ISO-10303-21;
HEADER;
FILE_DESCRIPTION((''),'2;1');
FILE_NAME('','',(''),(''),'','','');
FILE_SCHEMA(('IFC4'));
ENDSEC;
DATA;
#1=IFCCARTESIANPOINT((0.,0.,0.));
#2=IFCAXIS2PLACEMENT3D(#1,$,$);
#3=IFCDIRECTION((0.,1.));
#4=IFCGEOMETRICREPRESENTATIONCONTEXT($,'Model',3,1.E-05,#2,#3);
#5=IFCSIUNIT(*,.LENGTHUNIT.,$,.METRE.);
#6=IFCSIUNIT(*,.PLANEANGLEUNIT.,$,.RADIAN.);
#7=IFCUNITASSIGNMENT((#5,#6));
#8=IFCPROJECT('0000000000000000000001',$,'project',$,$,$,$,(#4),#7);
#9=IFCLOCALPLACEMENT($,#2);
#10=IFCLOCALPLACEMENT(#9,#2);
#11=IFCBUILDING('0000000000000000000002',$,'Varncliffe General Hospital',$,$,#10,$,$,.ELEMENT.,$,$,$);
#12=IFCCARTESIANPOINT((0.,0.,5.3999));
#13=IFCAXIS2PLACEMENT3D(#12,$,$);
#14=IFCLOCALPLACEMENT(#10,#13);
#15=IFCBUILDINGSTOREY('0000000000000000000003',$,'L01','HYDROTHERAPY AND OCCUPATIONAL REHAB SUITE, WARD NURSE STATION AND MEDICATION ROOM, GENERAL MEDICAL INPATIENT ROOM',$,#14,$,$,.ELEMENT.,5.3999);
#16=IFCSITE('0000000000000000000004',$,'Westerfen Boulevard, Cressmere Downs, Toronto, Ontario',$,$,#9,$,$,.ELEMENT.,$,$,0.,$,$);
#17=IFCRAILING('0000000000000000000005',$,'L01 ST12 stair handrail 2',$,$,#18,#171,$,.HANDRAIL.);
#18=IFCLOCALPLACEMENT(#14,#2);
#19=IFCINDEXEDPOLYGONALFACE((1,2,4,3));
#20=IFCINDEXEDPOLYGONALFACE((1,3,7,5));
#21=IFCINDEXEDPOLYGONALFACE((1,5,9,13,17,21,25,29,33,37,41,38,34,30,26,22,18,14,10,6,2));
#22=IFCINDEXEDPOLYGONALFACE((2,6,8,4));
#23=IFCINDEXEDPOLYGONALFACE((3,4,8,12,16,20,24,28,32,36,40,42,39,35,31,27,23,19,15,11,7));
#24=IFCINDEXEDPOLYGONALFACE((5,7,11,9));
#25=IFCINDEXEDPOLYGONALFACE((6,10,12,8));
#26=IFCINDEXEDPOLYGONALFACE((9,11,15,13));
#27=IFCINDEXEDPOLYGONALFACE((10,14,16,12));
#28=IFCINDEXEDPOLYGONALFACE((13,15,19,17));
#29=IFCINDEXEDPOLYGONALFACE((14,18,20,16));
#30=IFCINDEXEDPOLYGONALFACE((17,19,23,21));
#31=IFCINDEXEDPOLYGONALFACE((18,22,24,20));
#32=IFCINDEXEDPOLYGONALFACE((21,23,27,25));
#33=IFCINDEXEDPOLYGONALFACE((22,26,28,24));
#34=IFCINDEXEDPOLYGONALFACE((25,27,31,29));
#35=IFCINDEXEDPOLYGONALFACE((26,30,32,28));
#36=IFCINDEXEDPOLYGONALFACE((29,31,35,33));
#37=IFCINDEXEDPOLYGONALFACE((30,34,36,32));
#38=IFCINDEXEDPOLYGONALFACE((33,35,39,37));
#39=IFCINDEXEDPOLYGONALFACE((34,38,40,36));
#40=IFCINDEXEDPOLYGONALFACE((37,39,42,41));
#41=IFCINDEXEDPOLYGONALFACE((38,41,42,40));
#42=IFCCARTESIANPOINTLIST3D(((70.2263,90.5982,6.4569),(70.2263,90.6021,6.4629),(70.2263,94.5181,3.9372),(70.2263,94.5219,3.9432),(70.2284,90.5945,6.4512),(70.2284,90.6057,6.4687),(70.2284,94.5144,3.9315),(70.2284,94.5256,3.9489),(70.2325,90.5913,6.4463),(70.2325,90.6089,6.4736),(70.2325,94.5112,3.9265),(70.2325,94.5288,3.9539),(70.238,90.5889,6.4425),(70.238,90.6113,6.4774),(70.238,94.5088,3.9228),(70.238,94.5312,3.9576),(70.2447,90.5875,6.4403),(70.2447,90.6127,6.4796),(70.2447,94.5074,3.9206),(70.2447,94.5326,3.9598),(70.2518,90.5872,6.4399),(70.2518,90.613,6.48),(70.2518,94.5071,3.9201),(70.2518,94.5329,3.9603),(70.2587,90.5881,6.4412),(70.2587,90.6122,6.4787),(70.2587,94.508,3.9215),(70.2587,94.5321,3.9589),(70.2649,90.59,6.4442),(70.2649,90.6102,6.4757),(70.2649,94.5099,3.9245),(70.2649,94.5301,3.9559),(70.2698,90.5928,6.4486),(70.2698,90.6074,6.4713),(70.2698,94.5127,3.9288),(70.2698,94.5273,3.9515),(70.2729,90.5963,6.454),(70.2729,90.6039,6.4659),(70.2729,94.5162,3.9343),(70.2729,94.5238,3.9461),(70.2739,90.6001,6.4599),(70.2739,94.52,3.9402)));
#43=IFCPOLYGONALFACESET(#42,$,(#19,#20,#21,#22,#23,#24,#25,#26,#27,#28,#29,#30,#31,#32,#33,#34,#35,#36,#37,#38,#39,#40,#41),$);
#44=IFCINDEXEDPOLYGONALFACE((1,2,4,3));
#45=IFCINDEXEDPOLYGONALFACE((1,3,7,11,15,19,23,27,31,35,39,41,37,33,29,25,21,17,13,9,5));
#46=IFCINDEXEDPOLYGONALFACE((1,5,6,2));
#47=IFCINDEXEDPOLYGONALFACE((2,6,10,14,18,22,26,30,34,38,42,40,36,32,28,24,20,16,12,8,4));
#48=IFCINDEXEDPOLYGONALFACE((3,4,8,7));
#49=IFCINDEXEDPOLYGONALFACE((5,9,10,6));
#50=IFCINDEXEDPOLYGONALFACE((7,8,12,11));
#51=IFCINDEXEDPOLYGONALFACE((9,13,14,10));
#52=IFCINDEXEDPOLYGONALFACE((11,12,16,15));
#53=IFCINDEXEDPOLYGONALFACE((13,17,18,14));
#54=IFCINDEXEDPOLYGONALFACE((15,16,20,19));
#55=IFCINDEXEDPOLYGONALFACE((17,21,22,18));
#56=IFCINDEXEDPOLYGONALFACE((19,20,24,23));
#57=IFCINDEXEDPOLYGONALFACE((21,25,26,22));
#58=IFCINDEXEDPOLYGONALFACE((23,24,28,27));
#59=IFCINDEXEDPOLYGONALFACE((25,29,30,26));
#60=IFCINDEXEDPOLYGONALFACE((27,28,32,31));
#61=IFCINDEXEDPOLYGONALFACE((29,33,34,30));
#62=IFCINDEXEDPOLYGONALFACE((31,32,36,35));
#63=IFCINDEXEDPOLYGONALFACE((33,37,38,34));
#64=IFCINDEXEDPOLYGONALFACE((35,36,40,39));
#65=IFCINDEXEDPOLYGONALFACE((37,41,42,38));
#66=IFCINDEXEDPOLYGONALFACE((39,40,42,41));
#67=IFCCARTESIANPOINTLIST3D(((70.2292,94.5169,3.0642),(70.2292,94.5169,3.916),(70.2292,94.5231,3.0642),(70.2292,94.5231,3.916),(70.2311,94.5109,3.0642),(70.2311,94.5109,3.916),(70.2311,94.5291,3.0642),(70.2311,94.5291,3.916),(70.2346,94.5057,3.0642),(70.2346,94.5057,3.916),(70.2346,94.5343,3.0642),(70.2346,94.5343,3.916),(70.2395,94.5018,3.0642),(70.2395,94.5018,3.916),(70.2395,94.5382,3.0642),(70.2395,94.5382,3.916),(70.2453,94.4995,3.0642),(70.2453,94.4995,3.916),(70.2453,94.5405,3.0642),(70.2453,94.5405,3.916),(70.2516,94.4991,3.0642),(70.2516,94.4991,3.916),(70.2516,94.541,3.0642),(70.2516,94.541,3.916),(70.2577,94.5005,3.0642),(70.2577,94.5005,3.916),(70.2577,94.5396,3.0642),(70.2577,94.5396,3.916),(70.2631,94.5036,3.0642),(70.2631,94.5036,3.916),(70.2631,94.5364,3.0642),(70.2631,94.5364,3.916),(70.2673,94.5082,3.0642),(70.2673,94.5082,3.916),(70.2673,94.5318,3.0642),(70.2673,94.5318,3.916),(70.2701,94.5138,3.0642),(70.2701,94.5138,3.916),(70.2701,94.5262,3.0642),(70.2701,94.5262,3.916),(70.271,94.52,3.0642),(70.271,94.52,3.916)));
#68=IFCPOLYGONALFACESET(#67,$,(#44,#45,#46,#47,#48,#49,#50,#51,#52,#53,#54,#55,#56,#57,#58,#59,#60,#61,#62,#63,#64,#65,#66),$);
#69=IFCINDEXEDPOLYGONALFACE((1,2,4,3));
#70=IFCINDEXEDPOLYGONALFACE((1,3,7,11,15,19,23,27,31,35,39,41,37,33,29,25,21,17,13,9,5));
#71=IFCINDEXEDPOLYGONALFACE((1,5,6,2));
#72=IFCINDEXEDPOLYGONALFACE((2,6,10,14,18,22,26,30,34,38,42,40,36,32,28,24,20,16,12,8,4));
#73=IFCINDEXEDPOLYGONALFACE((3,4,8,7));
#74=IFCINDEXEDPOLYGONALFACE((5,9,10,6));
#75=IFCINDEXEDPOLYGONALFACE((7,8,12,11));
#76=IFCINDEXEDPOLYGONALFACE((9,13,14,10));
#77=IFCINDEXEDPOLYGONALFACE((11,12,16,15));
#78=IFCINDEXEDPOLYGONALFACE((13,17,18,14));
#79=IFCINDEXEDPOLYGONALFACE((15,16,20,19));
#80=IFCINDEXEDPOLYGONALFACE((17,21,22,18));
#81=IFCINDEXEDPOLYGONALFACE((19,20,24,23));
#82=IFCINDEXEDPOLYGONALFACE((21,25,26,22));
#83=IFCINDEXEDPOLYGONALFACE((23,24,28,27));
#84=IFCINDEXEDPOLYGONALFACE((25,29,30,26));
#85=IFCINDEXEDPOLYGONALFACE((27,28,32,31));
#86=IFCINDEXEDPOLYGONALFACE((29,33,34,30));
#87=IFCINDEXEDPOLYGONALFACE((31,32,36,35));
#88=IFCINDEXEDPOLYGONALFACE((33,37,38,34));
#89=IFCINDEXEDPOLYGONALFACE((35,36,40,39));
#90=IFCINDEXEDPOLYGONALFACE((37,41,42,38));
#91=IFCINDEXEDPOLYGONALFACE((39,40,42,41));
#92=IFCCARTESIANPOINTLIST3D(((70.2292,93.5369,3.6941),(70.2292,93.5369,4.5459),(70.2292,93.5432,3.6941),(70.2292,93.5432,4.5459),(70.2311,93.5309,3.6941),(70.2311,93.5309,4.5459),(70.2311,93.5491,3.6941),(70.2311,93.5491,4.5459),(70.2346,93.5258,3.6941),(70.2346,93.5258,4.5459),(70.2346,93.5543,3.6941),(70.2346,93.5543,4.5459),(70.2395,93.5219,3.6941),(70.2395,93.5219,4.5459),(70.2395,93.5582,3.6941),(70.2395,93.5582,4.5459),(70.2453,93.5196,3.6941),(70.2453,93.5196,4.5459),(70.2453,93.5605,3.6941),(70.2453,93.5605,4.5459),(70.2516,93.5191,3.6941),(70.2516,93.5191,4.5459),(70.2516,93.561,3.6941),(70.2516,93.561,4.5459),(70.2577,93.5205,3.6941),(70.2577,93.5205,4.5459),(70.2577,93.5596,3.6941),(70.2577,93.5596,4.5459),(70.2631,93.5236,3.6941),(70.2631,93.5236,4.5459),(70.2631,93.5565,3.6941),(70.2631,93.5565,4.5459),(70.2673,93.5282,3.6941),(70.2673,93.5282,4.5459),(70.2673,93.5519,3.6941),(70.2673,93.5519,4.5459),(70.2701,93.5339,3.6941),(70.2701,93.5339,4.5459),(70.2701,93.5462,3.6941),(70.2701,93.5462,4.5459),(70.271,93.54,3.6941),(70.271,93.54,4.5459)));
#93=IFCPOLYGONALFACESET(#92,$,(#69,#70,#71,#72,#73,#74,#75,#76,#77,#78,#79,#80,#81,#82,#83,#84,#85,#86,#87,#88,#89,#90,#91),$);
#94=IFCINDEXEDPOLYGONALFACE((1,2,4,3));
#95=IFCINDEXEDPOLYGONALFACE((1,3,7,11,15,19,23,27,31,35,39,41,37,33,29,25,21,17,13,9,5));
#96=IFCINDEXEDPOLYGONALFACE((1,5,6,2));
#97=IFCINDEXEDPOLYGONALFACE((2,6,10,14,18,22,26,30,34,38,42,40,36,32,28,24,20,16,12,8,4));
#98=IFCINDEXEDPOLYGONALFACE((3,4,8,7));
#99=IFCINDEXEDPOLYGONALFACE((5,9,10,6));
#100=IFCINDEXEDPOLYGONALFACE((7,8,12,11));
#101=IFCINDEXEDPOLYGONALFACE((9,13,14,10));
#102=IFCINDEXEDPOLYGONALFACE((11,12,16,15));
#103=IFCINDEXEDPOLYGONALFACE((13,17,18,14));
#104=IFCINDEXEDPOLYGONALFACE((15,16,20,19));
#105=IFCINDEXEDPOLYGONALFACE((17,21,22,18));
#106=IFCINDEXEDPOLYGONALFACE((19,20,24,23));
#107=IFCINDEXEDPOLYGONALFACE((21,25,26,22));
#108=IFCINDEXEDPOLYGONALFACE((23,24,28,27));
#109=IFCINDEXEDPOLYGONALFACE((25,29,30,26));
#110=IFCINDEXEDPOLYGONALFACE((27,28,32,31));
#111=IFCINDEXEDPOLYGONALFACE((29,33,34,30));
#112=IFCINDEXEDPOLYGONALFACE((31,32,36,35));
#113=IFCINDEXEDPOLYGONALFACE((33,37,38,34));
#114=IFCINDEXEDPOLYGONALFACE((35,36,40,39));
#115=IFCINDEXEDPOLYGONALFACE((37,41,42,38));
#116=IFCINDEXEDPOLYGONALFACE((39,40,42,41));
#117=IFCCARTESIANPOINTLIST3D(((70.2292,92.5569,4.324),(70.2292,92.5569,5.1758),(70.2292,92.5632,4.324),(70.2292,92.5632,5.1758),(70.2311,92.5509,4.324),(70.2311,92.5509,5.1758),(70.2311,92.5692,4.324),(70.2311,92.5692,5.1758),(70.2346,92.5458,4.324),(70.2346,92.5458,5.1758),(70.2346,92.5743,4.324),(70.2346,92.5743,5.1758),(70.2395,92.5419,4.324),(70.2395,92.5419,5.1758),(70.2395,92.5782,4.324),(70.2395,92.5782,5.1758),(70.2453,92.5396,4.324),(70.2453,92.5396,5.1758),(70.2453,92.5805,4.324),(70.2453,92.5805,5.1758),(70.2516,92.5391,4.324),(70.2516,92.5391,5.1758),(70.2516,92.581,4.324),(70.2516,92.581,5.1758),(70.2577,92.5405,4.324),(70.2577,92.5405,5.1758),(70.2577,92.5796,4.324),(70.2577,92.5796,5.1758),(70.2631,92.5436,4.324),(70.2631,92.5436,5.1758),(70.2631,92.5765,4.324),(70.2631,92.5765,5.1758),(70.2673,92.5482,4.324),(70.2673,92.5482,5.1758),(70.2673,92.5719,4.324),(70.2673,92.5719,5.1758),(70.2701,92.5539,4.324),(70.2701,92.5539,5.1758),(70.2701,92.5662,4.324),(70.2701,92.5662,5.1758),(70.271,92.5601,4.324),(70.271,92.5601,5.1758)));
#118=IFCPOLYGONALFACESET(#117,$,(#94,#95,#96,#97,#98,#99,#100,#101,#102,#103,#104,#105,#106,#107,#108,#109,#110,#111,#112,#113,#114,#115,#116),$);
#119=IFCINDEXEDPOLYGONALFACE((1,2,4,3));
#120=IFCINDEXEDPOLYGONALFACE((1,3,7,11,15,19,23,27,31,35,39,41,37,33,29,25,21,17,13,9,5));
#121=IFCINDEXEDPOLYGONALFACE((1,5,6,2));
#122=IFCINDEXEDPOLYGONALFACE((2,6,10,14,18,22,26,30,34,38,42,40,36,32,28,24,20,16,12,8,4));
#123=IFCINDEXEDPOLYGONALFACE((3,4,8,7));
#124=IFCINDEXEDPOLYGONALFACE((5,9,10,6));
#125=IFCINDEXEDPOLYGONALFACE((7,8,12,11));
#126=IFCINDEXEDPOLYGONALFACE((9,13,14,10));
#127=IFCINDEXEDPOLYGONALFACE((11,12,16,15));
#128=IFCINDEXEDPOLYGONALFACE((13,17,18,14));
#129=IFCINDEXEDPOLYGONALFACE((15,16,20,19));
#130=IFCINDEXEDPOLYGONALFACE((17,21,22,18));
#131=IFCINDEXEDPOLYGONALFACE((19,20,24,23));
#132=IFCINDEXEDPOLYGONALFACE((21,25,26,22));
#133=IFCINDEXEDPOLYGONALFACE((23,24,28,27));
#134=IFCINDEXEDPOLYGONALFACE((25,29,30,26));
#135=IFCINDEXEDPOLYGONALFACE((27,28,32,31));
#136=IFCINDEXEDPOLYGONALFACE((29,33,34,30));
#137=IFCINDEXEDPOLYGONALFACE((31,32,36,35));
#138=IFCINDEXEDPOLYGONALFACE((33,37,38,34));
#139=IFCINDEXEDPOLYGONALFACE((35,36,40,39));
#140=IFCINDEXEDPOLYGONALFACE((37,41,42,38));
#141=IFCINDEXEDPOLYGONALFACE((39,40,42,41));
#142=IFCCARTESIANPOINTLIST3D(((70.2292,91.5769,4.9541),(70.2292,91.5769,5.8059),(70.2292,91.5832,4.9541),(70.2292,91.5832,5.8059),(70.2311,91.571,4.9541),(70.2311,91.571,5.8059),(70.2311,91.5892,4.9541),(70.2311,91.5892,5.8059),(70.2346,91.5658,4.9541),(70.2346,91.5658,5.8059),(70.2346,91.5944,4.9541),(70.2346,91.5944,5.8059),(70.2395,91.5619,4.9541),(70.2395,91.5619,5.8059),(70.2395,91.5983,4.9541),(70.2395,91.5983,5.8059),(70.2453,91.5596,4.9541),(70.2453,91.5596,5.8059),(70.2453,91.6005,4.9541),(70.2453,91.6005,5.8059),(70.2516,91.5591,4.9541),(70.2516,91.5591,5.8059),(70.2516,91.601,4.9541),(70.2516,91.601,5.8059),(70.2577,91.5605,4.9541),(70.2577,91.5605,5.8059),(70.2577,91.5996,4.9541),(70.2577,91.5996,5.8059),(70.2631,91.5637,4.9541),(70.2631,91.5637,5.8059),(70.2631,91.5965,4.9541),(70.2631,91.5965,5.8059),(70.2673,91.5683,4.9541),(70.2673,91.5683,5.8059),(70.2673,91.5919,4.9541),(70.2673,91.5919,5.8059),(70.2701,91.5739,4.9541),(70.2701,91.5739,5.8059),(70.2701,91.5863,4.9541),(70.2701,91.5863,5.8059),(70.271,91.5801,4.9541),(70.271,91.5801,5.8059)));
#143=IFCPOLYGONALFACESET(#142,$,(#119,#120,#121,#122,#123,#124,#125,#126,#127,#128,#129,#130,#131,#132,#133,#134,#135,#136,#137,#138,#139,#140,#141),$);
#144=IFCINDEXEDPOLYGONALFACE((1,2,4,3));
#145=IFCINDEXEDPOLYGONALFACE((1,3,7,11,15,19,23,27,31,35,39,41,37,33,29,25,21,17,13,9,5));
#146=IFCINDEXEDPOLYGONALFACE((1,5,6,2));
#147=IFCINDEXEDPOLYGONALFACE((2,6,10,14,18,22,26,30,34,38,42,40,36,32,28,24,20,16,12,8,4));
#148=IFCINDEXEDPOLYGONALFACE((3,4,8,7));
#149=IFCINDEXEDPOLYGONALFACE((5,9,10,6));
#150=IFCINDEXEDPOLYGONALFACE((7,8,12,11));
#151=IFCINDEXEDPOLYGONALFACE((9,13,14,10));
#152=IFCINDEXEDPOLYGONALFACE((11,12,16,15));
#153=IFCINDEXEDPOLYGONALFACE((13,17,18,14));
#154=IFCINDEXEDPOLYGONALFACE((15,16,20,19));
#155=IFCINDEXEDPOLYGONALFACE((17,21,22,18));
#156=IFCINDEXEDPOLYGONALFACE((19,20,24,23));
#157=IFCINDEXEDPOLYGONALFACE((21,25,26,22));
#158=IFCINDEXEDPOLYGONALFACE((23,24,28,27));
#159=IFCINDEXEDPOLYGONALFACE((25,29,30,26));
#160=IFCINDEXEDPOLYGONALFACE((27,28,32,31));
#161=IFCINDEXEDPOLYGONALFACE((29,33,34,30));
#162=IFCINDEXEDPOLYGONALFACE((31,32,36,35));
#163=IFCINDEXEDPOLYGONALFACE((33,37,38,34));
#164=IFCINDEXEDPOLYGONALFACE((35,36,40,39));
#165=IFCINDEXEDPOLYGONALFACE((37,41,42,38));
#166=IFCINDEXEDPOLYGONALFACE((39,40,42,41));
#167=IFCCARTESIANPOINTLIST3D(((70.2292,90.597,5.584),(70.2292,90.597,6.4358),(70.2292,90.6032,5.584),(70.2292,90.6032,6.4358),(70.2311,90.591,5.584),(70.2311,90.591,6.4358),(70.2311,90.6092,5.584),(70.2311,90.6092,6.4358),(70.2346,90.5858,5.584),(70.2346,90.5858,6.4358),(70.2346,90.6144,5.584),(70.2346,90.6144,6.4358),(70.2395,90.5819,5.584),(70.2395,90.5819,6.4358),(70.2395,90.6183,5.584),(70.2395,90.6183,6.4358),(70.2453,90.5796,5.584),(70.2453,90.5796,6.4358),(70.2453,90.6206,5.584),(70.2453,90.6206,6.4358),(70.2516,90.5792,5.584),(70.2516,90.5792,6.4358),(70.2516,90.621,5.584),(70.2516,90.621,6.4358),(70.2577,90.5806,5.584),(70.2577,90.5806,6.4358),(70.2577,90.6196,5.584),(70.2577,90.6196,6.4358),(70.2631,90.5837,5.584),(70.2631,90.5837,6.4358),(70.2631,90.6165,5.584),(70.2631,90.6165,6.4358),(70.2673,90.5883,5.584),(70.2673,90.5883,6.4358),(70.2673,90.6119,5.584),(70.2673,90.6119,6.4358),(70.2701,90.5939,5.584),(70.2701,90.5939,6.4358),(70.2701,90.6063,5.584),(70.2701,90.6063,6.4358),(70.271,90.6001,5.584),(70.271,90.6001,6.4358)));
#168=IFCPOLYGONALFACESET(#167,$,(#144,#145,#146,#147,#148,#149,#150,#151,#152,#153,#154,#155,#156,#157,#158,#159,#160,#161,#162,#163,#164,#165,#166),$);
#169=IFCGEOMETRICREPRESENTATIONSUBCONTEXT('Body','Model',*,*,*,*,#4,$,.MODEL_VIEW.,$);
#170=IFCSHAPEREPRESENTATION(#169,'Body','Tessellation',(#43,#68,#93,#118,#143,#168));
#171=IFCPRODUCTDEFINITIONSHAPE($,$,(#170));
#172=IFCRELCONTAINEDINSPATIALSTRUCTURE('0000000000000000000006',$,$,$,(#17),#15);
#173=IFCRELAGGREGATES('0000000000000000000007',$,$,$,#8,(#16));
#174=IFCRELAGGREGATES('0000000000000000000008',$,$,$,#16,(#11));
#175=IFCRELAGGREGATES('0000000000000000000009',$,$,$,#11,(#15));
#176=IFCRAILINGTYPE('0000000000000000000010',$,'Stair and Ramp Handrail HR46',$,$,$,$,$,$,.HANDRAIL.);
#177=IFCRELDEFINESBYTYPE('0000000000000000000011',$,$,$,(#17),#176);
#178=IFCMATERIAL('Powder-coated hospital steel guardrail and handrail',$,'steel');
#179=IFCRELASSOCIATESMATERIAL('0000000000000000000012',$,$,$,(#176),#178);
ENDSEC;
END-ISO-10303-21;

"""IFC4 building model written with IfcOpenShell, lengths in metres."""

from ifc_helpers import new_model, si_unit, direction, frame, origin, origin_2d, place, context, subcontext, project, spatial, circle, extrude, material, type_object, element, save


model = new_model("IFC4")

# Units and contexts
model_context = context("Model", 3, precision=1e-05, world=origin(), true_north=direction((0.0, 1.0)))
body_context = subcontext(model_context, "Body", "Model", "MODEL_VIEW")
ifc_project = project(units=[si_unit("LENGTHUNIT", "METRE"), si_unit("PLANEANGLEUNIT", "RADIAN")], contexts=[model_context])

# Site, building, storey
site_placement = place(None, origin())
site = spatial("IfcSite", under=ifc_project, at=site_placement, Name="Westerfen Boulevard, Cressmere Downs, Toronto, Ontario", CompositionType="ELEMENT", RefElevation=0.0)
building_placement = place(site_placement, origin())
building = spatial("IfcBuilding", under=site, at=building_placement, Name="Varncliffe General Hospital", CompositionType="ELEMENT")
storey_placement = place(building_placement, frame((0.0, 0.0, 5.3999)))
storey = spatial("IfcBuildingStorey", under=building, at=storey_placement, Name="L01", Description="HYDROTHERAPY AND OCCUPATIONAL REHAB SUITE, WARD NURSE STATION AND MEDICATION ROOM, GENERAL MEDICAL INPATIENT ROOM", CompositionType="ELEMENT", Elevation=5.3999)

# Railing
ifc_material_1 = material(Name="Powder-coated hospital steel guardrail and handrail", Category="steel")
railing_type_1 = type_object("IfcRailingType", Name="Stair and Ramp Handrail HR46", PredefinedType="HANDRAIL", material=ifc_material_1)
railing_1_placement = place(storey_placement, frame((70.25, 94.52, 3.0642)))
element("IfcRailing", 1, at=railing_1_placement, inside=storey, type_object=railing_type_1, Name="L01 ST12 stair handrail 2", PredefinedType="HANDRAIL", context=body_context, shape_type="SweptSolid", body=[
    extrude(circle(Radius=0.0239, at=origin_2d()), frame((0.0, 0.0, 0.876), z_axis=(0.0, -0.841195, 0.540731), x_axis=(1.0, 0.0, 0.0)), (0.0, 0.0, 1.0), 4.6599),
    extrude(circle(Radius=0.021, at=origin_2d()), origin(), (0.0, 0.0, 1.0), 0.8518),
    extrude(circle(Radius=0.021, at=origin_2d()), frame((0.0, -0.98, 0.6299)), (0.0, 0.0, 1.0), 0.8518),
    extrude(circle(Radius=0.021, at=origin_2d()), frame((0.0, -1.96, 1.2598)), (0.0, 0.0, 1.0), 0.8518),
    extrude(circle(Radius=0.021, at=origin_2d()), frame((0.0, -2.9399, 1.8899)), (0.0, 0.0, 1.0), 0.8518),
    extrude(circle(Radius=0.021, at=origin_2d()), frame((0.0, -3.9199, 2.5198)), (0.0, 0.0, 1.0), 0.8518),
])

save(model, "model.ifc")
